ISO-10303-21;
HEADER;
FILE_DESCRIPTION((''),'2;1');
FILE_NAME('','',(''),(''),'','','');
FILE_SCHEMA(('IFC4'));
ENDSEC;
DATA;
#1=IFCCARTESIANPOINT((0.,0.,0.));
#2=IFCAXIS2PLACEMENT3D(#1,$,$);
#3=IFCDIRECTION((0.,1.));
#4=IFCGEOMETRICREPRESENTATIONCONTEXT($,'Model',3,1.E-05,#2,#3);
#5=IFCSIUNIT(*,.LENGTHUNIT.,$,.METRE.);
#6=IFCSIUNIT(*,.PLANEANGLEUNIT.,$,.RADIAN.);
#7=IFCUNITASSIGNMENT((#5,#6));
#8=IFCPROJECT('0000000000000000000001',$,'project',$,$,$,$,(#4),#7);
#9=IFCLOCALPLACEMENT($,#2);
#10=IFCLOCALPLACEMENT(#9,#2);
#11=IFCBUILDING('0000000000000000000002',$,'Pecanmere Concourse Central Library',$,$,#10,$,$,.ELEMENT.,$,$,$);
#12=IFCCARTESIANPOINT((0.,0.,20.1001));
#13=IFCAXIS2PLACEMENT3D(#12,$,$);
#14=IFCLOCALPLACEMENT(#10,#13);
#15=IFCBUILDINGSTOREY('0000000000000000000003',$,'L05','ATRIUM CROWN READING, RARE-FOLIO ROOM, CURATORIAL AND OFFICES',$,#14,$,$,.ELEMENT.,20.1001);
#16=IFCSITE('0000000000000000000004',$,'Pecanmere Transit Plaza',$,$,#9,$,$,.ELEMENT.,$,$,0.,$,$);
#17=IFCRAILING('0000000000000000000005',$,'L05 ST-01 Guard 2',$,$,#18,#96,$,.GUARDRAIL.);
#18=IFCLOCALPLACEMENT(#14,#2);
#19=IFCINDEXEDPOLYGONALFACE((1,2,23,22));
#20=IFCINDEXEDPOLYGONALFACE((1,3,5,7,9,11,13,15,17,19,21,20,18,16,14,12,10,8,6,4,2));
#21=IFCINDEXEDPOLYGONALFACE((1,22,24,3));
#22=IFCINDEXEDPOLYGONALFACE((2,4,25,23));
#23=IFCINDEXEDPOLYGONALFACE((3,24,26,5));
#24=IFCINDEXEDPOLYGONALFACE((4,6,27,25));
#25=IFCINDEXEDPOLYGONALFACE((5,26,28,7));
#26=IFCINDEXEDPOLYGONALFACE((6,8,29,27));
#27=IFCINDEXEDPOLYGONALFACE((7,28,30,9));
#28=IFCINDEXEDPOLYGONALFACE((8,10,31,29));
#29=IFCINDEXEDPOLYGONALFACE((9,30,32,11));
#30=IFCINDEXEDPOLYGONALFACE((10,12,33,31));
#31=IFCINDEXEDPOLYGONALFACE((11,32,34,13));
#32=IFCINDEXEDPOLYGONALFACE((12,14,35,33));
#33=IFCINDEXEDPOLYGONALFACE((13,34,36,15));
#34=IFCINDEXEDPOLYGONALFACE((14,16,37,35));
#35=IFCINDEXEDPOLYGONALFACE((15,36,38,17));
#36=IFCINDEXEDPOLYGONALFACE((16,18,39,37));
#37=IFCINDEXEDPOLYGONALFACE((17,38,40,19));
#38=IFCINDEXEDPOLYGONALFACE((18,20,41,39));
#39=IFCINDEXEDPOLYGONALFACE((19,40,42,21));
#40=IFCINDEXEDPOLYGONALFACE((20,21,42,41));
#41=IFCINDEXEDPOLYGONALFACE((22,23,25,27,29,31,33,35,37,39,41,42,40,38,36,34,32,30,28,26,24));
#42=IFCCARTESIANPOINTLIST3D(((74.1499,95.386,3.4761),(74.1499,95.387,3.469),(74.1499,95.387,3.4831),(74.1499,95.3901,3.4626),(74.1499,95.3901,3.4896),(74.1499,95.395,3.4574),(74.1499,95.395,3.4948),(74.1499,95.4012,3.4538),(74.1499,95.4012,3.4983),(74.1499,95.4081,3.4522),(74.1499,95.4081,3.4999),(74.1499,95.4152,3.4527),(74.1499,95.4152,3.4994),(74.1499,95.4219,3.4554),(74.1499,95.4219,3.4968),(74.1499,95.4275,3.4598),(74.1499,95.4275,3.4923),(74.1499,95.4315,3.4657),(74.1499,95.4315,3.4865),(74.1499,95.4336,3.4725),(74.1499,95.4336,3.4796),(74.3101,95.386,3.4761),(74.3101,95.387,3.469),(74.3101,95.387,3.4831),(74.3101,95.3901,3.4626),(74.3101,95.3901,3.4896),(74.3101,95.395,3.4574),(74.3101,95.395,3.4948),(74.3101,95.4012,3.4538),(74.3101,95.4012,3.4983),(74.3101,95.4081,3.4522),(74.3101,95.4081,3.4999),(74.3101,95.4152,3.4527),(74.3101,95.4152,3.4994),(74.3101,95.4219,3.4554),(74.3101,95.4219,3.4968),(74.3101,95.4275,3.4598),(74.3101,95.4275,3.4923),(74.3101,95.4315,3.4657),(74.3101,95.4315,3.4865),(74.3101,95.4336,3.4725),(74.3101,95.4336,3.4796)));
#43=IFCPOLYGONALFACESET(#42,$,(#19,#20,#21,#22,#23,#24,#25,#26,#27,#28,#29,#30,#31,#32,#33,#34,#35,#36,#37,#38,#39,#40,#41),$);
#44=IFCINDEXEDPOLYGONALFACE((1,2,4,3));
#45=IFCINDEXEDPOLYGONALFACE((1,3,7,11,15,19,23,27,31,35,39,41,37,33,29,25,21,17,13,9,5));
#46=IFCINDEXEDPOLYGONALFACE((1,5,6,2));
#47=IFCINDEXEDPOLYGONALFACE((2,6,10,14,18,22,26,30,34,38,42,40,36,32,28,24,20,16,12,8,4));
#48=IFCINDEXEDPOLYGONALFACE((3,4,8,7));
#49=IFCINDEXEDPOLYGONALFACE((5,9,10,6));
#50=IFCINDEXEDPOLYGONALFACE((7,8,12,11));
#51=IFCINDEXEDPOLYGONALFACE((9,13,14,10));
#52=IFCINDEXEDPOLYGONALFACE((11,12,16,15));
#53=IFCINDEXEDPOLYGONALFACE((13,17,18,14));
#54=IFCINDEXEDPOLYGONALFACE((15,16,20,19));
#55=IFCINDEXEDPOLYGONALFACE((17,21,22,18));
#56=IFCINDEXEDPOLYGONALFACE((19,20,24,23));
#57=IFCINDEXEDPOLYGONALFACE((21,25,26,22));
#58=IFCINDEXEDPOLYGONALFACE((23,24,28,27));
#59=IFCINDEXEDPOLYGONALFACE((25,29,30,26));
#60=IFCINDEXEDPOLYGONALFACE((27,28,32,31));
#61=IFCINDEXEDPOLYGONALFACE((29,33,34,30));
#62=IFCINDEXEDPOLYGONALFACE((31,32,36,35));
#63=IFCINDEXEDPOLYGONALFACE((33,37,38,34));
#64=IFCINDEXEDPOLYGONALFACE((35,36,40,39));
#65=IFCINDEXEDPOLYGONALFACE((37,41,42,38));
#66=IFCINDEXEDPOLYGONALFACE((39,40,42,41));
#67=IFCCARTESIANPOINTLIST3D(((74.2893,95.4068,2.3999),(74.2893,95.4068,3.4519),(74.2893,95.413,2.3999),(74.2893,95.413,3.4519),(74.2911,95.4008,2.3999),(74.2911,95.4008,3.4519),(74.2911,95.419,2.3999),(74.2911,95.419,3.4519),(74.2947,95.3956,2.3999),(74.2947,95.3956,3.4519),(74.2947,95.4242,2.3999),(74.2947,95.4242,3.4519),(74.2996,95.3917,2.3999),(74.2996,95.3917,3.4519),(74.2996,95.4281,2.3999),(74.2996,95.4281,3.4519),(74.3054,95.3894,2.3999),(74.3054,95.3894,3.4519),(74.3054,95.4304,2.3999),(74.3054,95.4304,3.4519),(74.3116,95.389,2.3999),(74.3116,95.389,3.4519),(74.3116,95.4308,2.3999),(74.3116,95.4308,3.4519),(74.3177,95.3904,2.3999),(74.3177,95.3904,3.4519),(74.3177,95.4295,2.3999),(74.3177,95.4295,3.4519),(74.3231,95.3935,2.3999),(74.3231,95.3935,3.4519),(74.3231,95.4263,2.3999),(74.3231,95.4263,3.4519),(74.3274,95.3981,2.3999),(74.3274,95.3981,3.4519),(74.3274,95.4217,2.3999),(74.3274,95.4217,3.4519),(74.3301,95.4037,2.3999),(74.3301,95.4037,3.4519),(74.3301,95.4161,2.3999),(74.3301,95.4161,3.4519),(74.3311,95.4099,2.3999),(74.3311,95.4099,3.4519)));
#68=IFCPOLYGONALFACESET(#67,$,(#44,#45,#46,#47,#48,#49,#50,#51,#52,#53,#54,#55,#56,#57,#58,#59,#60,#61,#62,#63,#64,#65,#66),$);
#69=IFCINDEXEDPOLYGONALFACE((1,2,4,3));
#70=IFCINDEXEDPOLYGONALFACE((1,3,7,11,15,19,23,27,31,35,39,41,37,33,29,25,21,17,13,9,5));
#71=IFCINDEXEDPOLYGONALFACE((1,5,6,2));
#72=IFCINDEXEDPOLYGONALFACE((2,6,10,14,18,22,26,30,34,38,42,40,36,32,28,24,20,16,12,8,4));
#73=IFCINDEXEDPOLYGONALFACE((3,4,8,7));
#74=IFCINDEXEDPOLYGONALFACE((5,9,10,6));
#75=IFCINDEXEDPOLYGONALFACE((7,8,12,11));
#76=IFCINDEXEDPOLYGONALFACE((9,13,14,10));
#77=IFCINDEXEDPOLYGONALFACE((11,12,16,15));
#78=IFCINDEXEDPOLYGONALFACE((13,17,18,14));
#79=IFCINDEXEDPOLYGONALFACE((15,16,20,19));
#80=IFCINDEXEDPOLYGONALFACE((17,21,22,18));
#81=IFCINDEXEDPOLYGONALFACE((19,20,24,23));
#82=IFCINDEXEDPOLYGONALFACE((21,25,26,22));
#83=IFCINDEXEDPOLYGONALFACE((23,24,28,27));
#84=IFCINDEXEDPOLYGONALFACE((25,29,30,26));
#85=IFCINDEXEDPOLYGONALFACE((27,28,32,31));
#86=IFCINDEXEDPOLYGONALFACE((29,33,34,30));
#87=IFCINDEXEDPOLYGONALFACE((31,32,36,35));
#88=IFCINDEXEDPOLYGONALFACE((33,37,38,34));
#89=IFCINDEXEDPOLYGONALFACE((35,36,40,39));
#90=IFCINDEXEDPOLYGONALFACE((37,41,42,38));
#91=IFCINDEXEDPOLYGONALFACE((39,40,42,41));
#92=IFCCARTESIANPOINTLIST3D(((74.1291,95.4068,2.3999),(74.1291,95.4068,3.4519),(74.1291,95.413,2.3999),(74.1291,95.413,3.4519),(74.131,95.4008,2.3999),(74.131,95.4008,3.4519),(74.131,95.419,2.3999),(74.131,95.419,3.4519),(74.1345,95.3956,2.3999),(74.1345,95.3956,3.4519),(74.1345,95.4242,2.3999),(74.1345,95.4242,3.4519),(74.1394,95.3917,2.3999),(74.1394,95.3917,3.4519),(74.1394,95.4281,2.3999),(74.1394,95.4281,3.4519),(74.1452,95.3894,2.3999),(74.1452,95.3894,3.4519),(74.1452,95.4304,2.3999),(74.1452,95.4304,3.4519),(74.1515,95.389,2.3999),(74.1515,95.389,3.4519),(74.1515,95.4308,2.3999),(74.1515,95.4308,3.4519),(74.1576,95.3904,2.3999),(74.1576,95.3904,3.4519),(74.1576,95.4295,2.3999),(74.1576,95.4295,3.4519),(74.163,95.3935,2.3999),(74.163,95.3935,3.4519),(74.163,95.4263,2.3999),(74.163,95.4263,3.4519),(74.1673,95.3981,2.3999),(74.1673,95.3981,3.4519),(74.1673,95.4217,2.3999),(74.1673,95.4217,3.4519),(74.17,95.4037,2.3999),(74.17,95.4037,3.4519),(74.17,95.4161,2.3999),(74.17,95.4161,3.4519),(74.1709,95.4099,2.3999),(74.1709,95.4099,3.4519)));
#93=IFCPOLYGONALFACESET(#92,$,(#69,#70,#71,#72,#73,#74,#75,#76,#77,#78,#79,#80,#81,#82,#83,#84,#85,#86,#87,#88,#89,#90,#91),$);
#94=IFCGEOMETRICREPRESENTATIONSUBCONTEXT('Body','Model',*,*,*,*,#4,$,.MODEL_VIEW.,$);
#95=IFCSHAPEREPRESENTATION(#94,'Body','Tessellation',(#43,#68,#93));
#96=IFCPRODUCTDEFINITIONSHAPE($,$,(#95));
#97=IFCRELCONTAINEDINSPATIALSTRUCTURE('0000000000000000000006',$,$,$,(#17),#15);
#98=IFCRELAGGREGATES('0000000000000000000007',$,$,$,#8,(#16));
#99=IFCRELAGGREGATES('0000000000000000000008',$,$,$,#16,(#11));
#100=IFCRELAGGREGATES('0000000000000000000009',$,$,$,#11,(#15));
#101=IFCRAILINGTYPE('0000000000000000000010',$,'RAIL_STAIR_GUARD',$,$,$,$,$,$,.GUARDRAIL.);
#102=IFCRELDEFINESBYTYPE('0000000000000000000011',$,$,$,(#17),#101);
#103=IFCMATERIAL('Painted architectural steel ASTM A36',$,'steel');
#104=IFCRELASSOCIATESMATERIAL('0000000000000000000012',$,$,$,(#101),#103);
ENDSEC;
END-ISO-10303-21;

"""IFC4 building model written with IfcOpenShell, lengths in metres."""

from ifc_helpers import new_model, si_unit, direction, frame, origin, origin_2d, place, context, subcontext, project, spatial, circle, extrude, material, type_object, element, save


model = new_model("IFC4")

# Units and contexts
model_context = context("Model", 3, precision=1e-05, world=origin(), true_north=direction((0.0, 1.0)))
body_context = subcontext(model_context, "Body", "Model", "MODEL_VIEW")
ifc_project = project(units=[si_unit("LENGTHUNIT", "METRE"), si_unit("PLANEANGLEUNIT", "RADIAN")], contexts=[model_context])

# Site, building, storey
site_placement = place(None, origin())
site = spatial("IfcSite", under=ifc_project, at=site_placement, Name="Pecanmere Transit Plaza", CompositionType="ELEMENT", RefElevation=0.0)
building_placement = place(site_placement, origin())
building = spatial("IfcBuilding", under=site, at=building_placement, Name="Pecanmere Concourse Central Library", CompositionType="ELEMENT")
storey_placement = place(building_placement, frame((0.0, 0.0, 20.1001)))
storey = spatial("IfcBuildingStorey", under=building, at=storey_placement, Name="L05", Description="ATRIUM CROWN READING, RARE-FOLIO ROOM, CURATORIAL AND OFFICES", CompositionType="ELEMENT", Elevation=20.1001)

# Railing
ifc_material_1 = material(Name="Painted architectural steel ASTM A36", Category="steel")
railing_type_1 = type_object("IfcRailingType", Name="RAIL_STAIR_GUARD", PredefinedType="GUARDRAIL", material=ifc_material_1)
railing_1_placement = place(storey_placement, frame((74.3101, 95.4099, 2.3999)))
element("IfcRailing", 1, at=railing_1_placement, inside=storey, type_object=railing_type_1, Name="L05 ST-01 Guard 2", PredefinedType="GUARDRAIL", context=body_context, shape_type="SweptSolid", body=[
    extrude(circle(Radius=0.0239, at=origin_2d()), frame((0.0, 0.0, 1.0762), z_axis=(-1.0, 0.0, 0.0), x_axis=(0.0, -1.0, 0.0)), (0.0, 0.0, 1.0), 0.1602),
    extrude(circle(Radius=0.021, at=origin_2d()), origin(), (0.0, 0.0, 1.0), 1.052),
    extrude(circle(Radius=0.021, at=origin_2d()), frame((-0.1602, 0.0, 0.0)), (0.0, 0.0, 1.0), 1.052),
])

save(model, "model.ifc")
